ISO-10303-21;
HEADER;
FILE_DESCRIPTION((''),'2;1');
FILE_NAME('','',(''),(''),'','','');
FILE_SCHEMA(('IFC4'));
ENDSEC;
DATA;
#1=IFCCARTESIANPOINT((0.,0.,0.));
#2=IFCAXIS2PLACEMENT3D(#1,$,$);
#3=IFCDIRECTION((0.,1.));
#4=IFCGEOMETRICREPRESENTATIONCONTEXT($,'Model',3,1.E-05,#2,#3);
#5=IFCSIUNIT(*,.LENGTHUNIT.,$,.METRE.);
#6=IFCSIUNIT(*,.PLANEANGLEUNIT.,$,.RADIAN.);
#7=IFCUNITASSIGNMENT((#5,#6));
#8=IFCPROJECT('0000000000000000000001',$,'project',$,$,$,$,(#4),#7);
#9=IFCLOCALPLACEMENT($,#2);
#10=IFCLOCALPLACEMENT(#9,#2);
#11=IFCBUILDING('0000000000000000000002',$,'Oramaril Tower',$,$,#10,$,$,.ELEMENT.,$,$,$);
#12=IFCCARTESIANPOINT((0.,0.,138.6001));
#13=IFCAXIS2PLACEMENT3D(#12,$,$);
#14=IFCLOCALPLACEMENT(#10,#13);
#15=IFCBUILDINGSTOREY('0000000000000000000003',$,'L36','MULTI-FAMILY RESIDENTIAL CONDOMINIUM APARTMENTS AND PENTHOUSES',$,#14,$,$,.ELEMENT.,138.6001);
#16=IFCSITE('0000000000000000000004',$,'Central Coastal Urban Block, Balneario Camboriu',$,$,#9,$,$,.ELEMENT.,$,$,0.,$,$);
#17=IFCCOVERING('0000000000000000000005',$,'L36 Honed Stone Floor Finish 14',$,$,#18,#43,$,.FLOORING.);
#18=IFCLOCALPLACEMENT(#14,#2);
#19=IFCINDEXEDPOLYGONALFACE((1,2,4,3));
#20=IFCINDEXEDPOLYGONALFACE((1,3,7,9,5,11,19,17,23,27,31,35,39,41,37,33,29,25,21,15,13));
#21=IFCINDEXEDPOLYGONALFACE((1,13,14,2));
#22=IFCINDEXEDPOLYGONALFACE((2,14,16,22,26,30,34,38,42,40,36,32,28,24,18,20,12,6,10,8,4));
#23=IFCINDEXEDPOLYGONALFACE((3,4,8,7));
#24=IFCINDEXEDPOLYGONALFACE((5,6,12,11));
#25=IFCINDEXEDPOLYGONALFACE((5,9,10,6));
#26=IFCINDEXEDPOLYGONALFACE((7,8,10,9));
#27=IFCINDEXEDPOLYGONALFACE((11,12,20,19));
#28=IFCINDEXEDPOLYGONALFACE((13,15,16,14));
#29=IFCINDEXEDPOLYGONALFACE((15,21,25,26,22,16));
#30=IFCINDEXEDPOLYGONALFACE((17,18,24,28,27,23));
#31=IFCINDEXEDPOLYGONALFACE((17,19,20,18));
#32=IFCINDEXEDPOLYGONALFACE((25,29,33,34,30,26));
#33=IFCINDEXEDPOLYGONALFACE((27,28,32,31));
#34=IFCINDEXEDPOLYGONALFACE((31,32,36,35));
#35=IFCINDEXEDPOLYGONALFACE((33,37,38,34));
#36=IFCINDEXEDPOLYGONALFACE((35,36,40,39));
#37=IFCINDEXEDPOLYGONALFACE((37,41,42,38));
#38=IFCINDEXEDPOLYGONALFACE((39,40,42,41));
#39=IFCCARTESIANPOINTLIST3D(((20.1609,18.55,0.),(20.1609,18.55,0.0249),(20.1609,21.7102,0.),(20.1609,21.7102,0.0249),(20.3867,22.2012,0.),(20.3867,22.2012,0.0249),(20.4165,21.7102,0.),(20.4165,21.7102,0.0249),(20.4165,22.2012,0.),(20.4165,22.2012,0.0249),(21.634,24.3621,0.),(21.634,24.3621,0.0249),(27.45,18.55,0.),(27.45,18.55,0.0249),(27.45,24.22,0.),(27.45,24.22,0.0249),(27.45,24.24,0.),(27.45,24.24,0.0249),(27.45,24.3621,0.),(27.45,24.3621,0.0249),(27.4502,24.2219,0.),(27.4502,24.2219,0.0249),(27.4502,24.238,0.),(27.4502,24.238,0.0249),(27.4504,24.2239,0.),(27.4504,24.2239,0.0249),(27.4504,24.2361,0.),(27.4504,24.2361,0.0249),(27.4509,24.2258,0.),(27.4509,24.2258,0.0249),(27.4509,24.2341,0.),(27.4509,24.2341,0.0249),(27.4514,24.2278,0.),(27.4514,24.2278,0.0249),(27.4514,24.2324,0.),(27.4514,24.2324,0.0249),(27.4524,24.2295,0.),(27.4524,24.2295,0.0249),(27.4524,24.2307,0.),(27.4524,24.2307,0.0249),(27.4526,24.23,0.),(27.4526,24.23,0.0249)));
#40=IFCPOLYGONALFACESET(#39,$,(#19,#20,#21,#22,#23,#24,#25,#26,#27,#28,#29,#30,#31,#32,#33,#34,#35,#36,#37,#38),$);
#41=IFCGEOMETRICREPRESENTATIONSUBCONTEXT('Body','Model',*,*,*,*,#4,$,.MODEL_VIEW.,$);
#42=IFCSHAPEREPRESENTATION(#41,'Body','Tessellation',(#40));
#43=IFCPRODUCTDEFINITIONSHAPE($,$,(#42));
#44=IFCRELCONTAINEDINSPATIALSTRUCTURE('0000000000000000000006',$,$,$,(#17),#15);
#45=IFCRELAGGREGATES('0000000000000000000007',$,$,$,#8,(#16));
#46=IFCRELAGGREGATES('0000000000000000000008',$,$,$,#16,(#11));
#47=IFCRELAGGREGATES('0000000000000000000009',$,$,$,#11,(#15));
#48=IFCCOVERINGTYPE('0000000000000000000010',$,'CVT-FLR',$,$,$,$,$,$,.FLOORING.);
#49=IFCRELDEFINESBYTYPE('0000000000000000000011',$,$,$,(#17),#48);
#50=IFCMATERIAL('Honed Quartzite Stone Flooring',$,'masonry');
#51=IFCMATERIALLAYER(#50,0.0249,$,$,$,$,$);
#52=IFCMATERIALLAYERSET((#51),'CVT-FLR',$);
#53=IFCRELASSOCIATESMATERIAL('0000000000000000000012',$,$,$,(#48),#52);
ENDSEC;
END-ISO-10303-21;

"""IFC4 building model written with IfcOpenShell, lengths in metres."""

from ifc_helpers import new_model, si_unit, direction, frame, origin, place, context, subcontext, project, spatial, polyline, outline, extrude, material, layer, layer_set, type_object, element, save


model = new_model("IFC4")

# Units and contexts
model_context = context("Model", 3, precision=1e-05, world=origin(), true_north=direction((0.0, 1.0)))
body_context = subcontext(model_context, "Body", "Model", "MODEL_VIEW")
ifc_project = project(units=[si_unit("LENGTHUNIT", "METRE"), si_unit("PLANEANGLEUNIT", "RADIAN")], contexts=[model_context])

# Site, building, storey
site_placement = place(None, origin())
site = spatial("IfcSite", under=ifc_project, at=site_placement, Name="Central Coastal Urban Block, Balneario Camboriu", CompositionType="ELEMENT", RefElevation=0.0)
building_placement = place(site_placement, origin())
building = spatial("IfcBuilding", under=site, at=building_placement, Name="Oramaril Tower", CompositionType="ELEMENT")
storey_placement = place(building_placement, frame((0.0, 0.0, 138.6001)))
storey = spatial("IfcBuildingStorey", under=building, at=storey_placement, Name="L36", Description="MULTI-FAMILY RESIDENTIAL CONDOMINIUM APARTMENTS AND PENTHOUSES", CompositionType="ELEMENT", Elevation=138.6001)

# Covering
ifc_material_1 = material(Name="Honed Quartzite Stone Flooring", Category="masonry")
ifc_layer_1 = layer(ifc_material_1, 0.0249)
ifc_layer_set_1 = layer_set([ifc_layer_1], Name="CVT-FLR")
covering_type_1 = type_object("IfcCoveringType", Name="CVT-FLR", PredefinedType="FLOORING", material=ifc_layer_set_1)
covering_1_placement = place(storey_placement, origin())
element("IfcCovering", 1, at=covering_1_placement, inside=storey, type_object=covering_type_1, Name="L36 Honed Stone Floor Finish 14", PredefinedType="FLOORING", context=body_context, shape_type="SweptSolid", body=[
    extrude(outline(polyline([(20.1609, 21.7102), (20.4165, 21.7102), (20.4165, 22.2012), (20.3867, 22.2012), (21.634, 24.3621), (27.45, 24.3621), (27.45, 24.24), (27.4502, 24.238), (27.4504, 24.2361), (27.4509, 24.2341), (27.4514, 24.2324), (27.4524, 24.2307), (27.4526, 24.23), (27.4524, 24.2295), (27.4514, 24.2278), (27.4509, 24.2258), (27.4504, 24.2239), (27.4502, 24.2219), (27.45, 24.22), (27.45, 18.55), (20.1609, 18.55), (20.1609, 21.7102)])), origin(), (0.0, 0.0, 1.0), 0.0249),
])

save(model, "model.ifc")
